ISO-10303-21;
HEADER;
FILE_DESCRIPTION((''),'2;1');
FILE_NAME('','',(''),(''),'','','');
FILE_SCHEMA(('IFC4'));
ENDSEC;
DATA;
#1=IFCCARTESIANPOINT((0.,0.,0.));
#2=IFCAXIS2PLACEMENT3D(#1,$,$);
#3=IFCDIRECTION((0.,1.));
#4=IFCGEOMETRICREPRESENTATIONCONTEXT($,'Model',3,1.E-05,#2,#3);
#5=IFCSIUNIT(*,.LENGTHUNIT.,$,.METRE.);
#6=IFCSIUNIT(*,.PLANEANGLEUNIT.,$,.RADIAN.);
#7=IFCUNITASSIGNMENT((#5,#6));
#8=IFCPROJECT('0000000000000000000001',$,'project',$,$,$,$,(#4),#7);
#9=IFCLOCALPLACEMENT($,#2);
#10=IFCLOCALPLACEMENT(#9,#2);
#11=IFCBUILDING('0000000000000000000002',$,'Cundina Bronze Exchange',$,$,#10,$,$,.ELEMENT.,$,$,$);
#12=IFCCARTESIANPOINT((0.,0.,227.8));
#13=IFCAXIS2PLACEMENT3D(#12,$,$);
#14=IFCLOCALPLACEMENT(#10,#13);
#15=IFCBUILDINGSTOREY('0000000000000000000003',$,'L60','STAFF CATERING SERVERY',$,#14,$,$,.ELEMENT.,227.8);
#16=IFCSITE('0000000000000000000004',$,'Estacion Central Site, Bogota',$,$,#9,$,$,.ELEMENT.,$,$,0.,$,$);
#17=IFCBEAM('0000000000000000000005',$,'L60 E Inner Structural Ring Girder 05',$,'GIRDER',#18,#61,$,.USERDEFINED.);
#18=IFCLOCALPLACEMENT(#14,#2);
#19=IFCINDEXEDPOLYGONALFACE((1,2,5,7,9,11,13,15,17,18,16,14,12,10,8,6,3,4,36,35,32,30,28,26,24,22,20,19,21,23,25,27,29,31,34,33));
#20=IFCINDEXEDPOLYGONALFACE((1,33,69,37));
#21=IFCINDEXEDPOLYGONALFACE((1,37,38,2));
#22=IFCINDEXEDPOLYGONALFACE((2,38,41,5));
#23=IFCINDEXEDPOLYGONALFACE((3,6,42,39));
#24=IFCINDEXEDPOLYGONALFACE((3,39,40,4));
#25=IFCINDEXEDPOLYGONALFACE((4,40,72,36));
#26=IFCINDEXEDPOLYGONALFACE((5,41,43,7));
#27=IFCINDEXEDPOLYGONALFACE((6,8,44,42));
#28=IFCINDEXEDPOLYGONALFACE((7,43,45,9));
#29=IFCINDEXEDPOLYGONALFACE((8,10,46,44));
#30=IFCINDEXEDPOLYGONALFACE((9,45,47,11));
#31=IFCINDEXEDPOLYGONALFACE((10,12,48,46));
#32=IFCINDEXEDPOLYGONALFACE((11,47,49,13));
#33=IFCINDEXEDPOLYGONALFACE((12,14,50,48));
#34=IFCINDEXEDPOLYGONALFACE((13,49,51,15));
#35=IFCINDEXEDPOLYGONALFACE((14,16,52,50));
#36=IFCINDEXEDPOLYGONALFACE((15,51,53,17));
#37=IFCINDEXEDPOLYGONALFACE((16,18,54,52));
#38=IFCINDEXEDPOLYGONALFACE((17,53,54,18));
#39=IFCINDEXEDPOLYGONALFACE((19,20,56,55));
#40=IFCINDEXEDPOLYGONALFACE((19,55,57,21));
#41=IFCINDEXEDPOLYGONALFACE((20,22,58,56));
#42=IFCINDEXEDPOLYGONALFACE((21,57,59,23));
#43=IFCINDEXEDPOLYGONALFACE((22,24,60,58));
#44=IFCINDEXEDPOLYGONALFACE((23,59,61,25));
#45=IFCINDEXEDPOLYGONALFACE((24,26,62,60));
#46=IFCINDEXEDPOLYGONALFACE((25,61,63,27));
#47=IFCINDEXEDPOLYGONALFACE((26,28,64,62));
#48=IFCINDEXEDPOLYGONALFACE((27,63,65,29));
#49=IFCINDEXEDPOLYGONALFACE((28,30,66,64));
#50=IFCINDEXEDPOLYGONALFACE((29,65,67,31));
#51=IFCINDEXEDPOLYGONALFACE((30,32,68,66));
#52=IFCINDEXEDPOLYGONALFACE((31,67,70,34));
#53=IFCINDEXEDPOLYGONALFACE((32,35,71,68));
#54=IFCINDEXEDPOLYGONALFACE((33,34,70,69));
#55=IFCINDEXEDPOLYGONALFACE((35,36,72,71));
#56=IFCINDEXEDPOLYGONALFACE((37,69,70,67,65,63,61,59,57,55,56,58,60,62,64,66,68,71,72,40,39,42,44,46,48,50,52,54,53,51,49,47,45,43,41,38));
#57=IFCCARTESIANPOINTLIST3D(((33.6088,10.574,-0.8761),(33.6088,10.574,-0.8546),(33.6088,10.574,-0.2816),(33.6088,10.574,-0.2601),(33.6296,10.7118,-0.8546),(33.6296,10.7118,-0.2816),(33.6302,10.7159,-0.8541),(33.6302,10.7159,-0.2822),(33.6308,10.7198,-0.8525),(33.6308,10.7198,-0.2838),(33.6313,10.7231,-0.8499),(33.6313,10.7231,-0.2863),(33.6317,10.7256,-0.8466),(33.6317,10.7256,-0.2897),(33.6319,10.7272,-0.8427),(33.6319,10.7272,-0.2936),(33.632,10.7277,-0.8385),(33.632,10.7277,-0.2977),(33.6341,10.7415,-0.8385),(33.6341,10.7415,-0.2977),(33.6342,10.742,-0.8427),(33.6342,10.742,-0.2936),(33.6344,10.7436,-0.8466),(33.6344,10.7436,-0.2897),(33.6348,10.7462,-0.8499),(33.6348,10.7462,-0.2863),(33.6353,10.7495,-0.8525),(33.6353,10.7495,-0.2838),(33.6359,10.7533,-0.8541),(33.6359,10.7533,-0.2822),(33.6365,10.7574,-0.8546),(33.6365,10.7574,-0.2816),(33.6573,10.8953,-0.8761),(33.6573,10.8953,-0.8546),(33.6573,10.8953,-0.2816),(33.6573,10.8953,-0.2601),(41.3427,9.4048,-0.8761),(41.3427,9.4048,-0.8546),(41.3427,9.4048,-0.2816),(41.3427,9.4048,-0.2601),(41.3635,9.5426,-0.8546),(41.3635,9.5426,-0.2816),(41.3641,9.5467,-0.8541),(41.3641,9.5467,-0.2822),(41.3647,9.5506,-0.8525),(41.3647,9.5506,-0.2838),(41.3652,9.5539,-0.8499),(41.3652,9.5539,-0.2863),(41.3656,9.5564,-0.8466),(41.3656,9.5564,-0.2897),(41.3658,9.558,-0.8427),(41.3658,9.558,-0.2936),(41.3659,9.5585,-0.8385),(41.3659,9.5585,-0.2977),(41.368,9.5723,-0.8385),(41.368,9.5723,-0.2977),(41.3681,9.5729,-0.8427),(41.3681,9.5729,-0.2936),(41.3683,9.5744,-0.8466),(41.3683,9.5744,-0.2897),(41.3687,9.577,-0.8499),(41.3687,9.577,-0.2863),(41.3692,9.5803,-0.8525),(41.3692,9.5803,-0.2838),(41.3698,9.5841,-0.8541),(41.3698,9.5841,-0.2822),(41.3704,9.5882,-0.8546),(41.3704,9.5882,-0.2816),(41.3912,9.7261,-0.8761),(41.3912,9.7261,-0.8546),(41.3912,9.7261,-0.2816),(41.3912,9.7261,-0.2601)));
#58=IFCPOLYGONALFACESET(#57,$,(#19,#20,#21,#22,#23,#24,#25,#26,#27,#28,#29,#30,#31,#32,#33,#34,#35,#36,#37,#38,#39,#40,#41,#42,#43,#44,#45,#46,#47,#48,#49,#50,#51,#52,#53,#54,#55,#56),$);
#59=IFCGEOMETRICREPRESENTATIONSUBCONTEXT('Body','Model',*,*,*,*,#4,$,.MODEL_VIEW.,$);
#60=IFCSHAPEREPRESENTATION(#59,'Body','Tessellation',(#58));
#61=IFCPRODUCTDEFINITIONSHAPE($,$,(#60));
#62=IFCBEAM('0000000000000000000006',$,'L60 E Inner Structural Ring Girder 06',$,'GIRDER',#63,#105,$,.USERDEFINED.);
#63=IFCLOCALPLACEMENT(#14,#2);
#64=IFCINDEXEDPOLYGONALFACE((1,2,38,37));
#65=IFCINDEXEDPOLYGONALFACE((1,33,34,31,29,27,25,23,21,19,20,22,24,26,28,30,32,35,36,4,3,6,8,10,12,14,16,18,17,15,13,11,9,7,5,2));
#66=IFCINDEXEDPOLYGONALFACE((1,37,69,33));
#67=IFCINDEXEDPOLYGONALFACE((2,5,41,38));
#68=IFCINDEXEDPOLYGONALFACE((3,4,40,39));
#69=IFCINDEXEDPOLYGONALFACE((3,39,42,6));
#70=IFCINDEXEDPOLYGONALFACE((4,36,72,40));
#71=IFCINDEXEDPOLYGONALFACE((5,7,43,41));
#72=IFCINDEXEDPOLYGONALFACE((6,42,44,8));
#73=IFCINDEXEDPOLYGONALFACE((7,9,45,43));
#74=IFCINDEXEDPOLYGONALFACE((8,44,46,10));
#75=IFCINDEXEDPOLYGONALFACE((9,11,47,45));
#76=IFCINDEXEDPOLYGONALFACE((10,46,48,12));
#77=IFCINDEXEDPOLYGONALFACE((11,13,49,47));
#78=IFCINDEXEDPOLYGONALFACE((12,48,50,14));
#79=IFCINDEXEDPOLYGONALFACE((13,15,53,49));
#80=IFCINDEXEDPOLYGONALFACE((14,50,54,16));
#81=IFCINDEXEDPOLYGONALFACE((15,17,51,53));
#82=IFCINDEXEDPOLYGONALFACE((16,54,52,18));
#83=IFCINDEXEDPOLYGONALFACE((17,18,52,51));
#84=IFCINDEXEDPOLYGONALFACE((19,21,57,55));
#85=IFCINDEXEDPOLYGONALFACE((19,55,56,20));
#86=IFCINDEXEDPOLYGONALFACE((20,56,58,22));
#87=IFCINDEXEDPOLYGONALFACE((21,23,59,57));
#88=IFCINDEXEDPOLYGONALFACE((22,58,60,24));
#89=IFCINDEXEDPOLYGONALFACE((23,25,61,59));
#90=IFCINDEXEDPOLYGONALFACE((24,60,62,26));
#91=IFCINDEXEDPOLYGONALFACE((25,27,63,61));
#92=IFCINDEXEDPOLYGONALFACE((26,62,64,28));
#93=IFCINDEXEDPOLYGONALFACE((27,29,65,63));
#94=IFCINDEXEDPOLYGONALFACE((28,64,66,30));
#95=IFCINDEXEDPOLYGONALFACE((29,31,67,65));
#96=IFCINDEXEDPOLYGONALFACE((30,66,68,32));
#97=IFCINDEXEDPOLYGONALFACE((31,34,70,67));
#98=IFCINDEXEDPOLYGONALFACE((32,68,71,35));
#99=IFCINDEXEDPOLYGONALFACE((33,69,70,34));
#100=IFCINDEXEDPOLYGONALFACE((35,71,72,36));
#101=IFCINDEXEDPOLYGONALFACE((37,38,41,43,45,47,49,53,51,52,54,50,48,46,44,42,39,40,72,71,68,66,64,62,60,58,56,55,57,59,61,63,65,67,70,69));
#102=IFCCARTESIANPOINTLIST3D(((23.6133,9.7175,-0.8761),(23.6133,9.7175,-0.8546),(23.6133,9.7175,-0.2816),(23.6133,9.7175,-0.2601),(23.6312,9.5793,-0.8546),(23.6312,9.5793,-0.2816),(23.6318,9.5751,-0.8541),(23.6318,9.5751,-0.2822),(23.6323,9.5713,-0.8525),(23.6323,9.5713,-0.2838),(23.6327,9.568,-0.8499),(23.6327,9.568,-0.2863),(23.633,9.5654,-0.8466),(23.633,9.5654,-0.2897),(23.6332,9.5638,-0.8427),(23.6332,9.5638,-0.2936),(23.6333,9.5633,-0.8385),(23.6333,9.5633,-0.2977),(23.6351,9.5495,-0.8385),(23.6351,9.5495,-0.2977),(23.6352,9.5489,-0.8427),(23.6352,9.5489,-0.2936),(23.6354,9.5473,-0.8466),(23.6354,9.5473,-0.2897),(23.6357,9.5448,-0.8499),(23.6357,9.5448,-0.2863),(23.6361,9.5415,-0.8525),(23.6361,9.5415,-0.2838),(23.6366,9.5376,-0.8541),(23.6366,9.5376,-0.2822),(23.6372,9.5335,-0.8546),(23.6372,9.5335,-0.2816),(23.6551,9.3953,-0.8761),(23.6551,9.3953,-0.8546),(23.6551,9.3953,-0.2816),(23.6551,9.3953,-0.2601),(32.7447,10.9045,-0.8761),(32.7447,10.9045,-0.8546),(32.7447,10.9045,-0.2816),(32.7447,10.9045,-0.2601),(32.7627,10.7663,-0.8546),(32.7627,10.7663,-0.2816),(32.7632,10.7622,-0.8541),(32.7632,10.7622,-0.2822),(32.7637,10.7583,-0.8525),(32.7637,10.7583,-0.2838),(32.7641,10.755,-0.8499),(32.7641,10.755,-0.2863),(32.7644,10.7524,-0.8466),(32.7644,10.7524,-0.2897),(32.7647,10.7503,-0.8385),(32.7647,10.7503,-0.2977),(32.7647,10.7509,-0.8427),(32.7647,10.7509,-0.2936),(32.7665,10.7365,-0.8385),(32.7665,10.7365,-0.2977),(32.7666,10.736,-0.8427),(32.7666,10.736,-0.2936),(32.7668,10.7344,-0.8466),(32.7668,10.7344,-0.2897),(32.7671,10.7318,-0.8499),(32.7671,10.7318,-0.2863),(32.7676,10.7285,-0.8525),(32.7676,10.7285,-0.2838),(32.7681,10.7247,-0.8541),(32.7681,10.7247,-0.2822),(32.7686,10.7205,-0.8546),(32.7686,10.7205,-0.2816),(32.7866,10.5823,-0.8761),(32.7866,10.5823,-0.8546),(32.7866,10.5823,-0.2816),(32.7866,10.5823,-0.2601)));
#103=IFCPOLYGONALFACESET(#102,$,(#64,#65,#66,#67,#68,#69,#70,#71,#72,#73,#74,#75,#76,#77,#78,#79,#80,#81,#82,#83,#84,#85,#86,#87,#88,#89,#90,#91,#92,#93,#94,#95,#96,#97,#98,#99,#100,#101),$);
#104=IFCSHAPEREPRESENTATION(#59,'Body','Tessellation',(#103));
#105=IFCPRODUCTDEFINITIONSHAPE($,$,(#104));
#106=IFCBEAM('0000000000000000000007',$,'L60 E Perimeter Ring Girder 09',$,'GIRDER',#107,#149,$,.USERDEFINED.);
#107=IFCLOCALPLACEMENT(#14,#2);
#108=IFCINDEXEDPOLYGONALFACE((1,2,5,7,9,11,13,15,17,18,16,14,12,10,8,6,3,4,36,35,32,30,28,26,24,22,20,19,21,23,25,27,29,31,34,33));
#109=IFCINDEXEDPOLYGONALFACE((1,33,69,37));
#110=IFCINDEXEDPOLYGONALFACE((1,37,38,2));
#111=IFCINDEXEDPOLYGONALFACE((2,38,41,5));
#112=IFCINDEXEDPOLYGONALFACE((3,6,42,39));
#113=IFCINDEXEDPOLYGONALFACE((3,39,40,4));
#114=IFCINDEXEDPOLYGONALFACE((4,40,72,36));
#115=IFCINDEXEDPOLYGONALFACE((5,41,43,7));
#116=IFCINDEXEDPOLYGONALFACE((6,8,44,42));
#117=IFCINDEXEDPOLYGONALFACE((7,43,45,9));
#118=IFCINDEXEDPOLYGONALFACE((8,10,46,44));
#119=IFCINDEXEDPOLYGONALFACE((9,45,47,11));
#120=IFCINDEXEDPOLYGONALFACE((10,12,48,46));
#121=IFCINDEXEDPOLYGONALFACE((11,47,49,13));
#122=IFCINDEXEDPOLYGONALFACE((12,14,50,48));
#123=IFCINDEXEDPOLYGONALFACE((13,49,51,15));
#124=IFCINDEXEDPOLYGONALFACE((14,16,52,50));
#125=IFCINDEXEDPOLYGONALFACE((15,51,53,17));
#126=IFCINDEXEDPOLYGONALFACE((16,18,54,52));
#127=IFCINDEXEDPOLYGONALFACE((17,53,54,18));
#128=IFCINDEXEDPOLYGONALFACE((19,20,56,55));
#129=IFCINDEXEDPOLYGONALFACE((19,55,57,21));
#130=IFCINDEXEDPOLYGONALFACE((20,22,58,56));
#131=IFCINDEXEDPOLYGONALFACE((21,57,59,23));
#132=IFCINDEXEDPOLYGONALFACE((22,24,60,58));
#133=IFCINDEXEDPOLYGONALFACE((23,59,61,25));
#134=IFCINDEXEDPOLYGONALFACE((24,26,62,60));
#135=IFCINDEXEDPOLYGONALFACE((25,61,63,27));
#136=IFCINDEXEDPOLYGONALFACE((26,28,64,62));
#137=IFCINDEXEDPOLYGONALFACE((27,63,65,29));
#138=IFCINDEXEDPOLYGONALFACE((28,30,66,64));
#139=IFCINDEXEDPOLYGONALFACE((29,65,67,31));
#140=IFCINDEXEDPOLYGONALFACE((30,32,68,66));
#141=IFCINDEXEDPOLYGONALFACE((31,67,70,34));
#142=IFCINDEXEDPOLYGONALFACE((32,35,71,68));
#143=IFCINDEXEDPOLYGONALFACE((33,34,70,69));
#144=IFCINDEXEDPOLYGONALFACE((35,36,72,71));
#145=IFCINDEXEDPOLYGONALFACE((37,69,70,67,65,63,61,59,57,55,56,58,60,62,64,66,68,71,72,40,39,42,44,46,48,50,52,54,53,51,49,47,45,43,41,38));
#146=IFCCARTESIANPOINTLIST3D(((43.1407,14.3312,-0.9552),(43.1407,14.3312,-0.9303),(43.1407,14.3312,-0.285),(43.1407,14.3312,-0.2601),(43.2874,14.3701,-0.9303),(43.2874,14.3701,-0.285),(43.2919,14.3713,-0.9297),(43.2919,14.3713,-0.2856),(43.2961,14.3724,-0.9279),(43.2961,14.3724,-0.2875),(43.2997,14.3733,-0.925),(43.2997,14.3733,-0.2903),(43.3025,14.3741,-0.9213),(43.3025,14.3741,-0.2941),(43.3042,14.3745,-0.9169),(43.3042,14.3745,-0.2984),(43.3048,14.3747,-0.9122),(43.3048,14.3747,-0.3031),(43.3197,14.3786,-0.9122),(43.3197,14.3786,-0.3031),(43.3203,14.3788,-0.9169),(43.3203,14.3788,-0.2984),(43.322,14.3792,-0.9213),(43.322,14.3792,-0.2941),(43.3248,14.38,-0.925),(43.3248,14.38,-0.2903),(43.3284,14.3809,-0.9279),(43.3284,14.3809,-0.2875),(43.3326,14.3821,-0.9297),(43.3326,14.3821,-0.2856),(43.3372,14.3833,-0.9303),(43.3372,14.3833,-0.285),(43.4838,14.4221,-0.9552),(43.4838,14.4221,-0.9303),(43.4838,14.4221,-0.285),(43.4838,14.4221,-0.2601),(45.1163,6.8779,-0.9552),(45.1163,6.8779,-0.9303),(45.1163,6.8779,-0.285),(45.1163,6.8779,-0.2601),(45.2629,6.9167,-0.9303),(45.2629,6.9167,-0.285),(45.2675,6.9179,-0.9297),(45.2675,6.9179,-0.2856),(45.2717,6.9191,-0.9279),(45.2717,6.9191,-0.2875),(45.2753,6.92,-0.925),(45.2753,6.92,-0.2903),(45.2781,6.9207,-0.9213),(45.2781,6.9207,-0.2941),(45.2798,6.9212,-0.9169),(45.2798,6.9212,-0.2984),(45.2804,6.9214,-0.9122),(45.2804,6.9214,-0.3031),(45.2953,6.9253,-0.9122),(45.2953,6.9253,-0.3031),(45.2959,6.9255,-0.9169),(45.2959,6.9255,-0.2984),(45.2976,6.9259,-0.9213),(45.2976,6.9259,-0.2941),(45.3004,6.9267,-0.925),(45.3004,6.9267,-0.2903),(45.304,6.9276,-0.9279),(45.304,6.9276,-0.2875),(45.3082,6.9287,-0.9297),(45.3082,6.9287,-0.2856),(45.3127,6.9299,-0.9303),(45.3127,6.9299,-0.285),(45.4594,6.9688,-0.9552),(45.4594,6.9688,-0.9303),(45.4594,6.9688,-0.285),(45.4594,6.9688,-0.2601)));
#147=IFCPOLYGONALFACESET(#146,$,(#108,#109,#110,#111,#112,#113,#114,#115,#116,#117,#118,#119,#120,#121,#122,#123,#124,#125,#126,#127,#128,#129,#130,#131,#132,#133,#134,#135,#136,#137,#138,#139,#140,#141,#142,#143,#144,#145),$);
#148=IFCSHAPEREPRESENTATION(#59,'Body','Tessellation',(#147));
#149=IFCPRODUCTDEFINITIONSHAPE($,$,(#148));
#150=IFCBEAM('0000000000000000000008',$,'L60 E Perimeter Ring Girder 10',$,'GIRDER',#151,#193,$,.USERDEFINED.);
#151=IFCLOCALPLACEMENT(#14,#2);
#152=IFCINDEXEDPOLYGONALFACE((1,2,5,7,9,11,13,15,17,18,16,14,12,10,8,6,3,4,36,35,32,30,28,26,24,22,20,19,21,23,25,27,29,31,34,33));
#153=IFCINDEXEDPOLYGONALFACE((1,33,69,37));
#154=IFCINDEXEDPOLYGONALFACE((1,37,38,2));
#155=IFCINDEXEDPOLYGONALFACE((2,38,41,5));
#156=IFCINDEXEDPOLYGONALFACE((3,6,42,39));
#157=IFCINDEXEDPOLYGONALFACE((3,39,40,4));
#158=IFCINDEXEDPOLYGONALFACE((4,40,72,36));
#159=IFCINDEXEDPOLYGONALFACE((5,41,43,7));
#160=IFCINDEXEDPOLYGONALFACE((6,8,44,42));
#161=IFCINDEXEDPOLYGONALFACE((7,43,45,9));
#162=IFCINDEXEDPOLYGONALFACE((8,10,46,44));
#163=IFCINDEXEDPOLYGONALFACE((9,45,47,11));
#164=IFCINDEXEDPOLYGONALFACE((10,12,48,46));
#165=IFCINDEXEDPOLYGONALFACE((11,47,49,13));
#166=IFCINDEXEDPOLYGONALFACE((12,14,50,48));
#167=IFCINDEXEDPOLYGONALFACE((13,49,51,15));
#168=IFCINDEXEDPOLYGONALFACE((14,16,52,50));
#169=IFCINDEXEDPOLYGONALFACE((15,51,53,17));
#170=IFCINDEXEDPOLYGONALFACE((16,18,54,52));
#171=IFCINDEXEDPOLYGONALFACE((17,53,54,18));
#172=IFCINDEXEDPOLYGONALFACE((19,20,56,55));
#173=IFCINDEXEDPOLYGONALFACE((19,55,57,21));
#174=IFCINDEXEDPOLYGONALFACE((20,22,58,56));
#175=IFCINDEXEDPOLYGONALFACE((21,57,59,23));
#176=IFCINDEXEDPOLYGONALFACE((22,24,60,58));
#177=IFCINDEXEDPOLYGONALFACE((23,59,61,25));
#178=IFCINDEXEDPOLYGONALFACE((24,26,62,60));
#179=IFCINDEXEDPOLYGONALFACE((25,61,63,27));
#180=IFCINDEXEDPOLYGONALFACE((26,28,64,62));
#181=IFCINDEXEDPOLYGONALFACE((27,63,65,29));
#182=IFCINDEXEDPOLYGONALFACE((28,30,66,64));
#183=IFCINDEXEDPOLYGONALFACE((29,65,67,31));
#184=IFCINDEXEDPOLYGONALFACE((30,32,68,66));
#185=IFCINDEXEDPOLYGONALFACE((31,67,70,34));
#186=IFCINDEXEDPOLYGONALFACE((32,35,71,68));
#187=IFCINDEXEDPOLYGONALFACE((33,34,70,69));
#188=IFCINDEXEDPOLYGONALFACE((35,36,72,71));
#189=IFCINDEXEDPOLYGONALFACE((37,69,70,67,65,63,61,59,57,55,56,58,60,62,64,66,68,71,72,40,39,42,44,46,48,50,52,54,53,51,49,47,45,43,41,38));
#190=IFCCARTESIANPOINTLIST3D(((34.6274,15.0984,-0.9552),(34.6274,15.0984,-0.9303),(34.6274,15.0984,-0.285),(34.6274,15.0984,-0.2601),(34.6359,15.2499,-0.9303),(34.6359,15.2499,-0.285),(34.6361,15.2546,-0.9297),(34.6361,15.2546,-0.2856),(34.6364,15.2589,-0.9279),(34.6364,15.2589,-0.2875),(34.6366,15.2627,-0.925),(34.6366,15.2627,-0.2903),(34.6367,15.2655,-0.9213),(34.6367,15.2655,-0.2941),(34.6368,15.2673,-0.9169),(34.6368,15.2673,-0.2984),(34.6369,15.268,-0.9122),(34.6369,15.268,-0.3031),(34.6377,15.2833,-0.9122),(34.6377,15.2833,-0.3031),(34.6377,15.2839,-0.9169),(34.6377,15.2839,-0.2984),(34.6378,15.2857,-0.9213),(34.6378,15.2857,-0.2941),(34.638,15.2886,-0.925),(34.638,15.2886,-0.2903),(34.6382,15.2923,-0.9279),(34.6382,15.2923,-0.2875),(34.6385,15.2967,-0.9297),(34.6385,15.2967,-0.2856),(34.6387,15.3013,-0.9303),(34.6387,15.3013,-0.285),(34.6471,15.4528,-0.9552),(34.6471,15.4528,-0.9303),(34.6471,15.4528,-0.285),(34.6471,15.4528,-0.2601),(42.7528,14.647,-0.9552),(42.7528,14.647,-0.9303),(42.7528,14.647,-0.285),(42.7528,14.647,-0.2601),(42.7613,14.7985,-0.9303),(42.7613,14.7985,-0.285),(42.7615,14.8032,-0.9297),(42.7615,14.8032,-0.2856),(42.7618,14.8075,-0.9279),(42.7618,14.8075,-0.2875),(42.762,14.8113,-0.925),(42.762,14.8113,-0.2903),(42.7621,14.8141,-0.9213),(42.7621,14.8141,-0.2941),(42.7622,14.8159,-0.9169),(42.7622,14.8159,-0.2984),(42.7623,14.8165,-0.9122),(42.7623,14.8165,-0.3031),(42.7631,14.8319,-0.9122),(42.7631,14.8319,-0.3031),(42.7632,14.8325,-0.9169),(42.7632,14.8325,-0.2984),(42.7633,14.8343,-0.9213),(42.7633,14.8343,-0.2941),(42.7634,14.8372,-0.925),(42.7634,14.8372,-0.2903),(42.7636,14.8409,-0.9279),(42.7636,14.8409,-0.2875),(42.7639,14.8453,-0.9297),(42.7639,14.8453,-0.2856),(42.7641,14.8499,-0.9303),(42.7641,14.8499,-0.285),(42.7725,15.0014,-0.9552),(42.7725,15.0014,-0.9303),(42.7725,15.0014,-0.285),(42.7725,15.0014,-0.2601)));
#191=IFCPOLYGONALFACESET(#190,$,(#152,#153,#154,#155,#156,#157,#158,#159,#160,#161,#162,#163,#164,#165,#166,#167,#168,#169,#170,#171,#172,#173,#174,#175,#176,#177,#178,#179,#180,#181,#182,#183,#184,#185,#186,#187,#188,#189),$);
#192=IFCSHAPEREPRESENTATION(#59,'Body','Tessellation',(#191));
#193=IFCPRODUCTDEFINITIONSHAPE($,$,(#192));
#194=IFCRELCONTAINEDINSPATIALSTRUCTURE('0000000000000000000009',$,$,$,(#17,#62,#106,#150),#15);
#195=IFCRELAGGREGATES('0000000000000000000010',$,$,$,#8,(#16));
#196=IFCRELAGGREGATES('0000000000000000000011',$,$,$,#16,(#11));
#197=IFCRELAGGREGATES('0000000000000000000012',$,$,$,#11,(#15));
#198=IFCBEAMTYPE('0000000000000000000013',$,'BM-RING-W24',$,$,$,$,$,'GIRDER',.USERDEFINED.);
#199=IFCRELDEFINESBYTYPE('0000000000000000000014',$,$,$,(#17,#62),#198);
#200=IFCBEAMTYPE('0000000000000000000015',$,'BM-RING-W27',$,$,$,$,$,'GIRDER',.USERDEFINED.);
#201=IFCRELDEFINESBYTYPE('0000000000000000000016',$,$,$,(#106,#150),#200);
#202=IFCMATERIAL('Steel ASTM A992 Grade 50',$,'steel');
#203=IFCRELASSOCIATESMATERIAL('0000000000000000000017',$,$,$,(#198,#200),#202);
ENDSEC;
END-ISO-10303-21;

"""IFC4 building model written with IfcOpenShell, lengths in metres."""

from ifc_helpers import new_model, si_unit, direction, frame, origin, origin_2d, place, context, subcontext, project, spatial, i_section, extrude, material, material_profile, profile_set, type_object, element, save


model = new_model("IFC4")

# Units and contexts
model_context = context("Model", 3, precision=1e-05, world=origin(), true_north=direction((0.0, 1.0)))
body_context = subcontext(model_context, "Body", "Model", "MODEL_VIEW")
ifc_project = project(units=[si_unit("LENGTHUNIT", "METRE"), si_unit("PLANEANGLEUNIT", "RADIAN")], contexts=[model_context])

# Site, building, storey
site_placement = place(None, origin())
site = spatial("IfcSite", under=ifc_project, at=site_placement, Name="Estacion Central Site, Bogota", CompositionType="ELEMENT", RefElevation=0.0)
building_placement = place(site_placement, origin())
building = spatial("IfcBuilding", under=site, at=building_placement, Name="Cundina Bronze Exchange", CompositionType="ELEMENT")
storey_placement = place(building_placement, frame((0.0, 0.0, 227.8)))
storey = spatial("IfcBuildingStorey", under=building, at=storey_placement, Name="L60", Description="STAFF CATERING SERVERY", CompositionType="ELEMENT", Elevation=227.8)

# Beams
ifc_material_1 = material(Name="Steel ASTM A992 Grade 50", Category="steel")
ifc_material_profile_1 = material_profile(ifc_material_1, i_section(OverallWidth=0.325, OverallDepth=0.616, WebThickness=0.0139, FlangeThickness=0.0215, FilletRadius=0.0161, at=origin_2d()), Name="W24X117", Category="steel")
ifc_profile_set_1 = profile_set([ifc_material_profile_1], Name="Steel ASTM A992 Grade 50")
beam_type_1 = type_object("IfcBeamType", Name="BM-RING-W24", ElementType="GIRDER", PredefinedType="USERDEFINED", material=ifc_profile_set_1)
beam_1_placement = place(storey_placement, frame((41.3669, 9.5654, -0.5681), z_axis=(-0.988765, 0.149479, 0.0), x_axis=(-0.149479, -0.988765, 0.0)))
element("IfcBeam", 1, at=beam_1_placement, inside=storey, type_object=beam_type_1, Name="L60 E Inner Structural Ring Girder 05", ObjectType="GIRDER", PredefinedType="USERDEFINED", context=body_context, shape_type="SweptSolid", body=[
    extrude(i_section(OverallWidth=0.325, OverallDepth=0.616, WebThickness=0.0139, FlangeThickness=0.0215, FilletRadius=0.0161, at=origin_2d()), origin(), (0.0, 0.0, 1.0), 7.8218),
])
beam_2_placement = place(storey_placement, frame((32.7656, 10.7434, -0.5681), z_axis=(-0.991656, -0.128908, 0.0), x_axis=(0.128908, -0.991656, 0.0)))
element("IfcBeam", 2, at=beam_2_placement, inside=storey, type_object=beam_type_1, Name="L60 E Inner Structural Ring Girder 06", ObjectType="GIRDER", PredefinedType="USERDEFINED", context=body_context, shape_type="SweptSolid", body=[
    extrude(i_section(OverallWidth=0.325, OverallDepth=0.616, WebThickness=0.0139, FlangeThickness=0.0215, FilletRadius=0.0161, at=origin_2d()), origin(), (0.0, 0.0, 1.0), 9.2083),
])
ifc_material_profile_2 = material_profile(ifc_material_1, i_section(OverallWidth=0.355, OverallDepth=0.6951, WebThickness=0.0154, FlangeThickness=0.0249, FilletRadius=0.0181, at=origin_2d()), Name="W27X146", Category="steel")
ifc_profile_set_2 = profile_set([ifc_material_profile_2], Name="Steel ASTM A992 Grade 50")
beam_type_2 = type_object("IfcBeamType", Name="BM-RING-W27", ElementType="GIRDER", PredefinedType="USERDEFINED", material=ifc_profile_set_2)
beam_3_placement = place(storey_placement, frame((45.2878, 6.9233, -0.6077), z_axis=(-0.256212, 0.966621, 0.0), x_axis=(-0.966621, -0.256212, 0.0)))
element("IfcBeam", 3, at=beam_3_placement, inside=storey, type_object=beam_type_2, Name="L60 E Perimeter Ring Girder 09", ObjectType="GIRDER", PredefinedType="USERDEFINED", context=body_context, shape_type="SweptSolid", body=[
    extrude(i_section(OverallWidth=0.355, OverallDepth=0.6951, WebThickness=0.0154, FlangeThickness=0.0249, FilletRadius=0.0181, at=origin_2d()), origin(), (0.0, 0.0, 1.0), 7.7107),
])
for number, where, z_axis, x_axis, name in (
    (4, (42.7627, 14.8242, -0.6077), (-0.99846, 0.05547, 0.0), (-0.05547, -0.99846, 0.0), "L60 E Perimeter Ring Girder 10"),
):
    element("IfcBeam", number, at=place(storey_placement, frame(where, z_axis=z_axis, x_axis=x_axis)), inside=storey, type_object=beam_type_2, Name=name, ObjectType="GIRDER", PredefinedType="USERDEFINED", context=body_context, shape_type="SweptSolid", body=[
        extrude(i_section(OverallWidth=0.355, OverallDepth=0.6951, WebThickness=0.0154, FlangeThickness=0.0249, FilletRadius=0.0181, at=origin_2d()), origin(), (0.0, 0.0, 1.0), 8.1379),
    ])

save(model, "model.ifc")
